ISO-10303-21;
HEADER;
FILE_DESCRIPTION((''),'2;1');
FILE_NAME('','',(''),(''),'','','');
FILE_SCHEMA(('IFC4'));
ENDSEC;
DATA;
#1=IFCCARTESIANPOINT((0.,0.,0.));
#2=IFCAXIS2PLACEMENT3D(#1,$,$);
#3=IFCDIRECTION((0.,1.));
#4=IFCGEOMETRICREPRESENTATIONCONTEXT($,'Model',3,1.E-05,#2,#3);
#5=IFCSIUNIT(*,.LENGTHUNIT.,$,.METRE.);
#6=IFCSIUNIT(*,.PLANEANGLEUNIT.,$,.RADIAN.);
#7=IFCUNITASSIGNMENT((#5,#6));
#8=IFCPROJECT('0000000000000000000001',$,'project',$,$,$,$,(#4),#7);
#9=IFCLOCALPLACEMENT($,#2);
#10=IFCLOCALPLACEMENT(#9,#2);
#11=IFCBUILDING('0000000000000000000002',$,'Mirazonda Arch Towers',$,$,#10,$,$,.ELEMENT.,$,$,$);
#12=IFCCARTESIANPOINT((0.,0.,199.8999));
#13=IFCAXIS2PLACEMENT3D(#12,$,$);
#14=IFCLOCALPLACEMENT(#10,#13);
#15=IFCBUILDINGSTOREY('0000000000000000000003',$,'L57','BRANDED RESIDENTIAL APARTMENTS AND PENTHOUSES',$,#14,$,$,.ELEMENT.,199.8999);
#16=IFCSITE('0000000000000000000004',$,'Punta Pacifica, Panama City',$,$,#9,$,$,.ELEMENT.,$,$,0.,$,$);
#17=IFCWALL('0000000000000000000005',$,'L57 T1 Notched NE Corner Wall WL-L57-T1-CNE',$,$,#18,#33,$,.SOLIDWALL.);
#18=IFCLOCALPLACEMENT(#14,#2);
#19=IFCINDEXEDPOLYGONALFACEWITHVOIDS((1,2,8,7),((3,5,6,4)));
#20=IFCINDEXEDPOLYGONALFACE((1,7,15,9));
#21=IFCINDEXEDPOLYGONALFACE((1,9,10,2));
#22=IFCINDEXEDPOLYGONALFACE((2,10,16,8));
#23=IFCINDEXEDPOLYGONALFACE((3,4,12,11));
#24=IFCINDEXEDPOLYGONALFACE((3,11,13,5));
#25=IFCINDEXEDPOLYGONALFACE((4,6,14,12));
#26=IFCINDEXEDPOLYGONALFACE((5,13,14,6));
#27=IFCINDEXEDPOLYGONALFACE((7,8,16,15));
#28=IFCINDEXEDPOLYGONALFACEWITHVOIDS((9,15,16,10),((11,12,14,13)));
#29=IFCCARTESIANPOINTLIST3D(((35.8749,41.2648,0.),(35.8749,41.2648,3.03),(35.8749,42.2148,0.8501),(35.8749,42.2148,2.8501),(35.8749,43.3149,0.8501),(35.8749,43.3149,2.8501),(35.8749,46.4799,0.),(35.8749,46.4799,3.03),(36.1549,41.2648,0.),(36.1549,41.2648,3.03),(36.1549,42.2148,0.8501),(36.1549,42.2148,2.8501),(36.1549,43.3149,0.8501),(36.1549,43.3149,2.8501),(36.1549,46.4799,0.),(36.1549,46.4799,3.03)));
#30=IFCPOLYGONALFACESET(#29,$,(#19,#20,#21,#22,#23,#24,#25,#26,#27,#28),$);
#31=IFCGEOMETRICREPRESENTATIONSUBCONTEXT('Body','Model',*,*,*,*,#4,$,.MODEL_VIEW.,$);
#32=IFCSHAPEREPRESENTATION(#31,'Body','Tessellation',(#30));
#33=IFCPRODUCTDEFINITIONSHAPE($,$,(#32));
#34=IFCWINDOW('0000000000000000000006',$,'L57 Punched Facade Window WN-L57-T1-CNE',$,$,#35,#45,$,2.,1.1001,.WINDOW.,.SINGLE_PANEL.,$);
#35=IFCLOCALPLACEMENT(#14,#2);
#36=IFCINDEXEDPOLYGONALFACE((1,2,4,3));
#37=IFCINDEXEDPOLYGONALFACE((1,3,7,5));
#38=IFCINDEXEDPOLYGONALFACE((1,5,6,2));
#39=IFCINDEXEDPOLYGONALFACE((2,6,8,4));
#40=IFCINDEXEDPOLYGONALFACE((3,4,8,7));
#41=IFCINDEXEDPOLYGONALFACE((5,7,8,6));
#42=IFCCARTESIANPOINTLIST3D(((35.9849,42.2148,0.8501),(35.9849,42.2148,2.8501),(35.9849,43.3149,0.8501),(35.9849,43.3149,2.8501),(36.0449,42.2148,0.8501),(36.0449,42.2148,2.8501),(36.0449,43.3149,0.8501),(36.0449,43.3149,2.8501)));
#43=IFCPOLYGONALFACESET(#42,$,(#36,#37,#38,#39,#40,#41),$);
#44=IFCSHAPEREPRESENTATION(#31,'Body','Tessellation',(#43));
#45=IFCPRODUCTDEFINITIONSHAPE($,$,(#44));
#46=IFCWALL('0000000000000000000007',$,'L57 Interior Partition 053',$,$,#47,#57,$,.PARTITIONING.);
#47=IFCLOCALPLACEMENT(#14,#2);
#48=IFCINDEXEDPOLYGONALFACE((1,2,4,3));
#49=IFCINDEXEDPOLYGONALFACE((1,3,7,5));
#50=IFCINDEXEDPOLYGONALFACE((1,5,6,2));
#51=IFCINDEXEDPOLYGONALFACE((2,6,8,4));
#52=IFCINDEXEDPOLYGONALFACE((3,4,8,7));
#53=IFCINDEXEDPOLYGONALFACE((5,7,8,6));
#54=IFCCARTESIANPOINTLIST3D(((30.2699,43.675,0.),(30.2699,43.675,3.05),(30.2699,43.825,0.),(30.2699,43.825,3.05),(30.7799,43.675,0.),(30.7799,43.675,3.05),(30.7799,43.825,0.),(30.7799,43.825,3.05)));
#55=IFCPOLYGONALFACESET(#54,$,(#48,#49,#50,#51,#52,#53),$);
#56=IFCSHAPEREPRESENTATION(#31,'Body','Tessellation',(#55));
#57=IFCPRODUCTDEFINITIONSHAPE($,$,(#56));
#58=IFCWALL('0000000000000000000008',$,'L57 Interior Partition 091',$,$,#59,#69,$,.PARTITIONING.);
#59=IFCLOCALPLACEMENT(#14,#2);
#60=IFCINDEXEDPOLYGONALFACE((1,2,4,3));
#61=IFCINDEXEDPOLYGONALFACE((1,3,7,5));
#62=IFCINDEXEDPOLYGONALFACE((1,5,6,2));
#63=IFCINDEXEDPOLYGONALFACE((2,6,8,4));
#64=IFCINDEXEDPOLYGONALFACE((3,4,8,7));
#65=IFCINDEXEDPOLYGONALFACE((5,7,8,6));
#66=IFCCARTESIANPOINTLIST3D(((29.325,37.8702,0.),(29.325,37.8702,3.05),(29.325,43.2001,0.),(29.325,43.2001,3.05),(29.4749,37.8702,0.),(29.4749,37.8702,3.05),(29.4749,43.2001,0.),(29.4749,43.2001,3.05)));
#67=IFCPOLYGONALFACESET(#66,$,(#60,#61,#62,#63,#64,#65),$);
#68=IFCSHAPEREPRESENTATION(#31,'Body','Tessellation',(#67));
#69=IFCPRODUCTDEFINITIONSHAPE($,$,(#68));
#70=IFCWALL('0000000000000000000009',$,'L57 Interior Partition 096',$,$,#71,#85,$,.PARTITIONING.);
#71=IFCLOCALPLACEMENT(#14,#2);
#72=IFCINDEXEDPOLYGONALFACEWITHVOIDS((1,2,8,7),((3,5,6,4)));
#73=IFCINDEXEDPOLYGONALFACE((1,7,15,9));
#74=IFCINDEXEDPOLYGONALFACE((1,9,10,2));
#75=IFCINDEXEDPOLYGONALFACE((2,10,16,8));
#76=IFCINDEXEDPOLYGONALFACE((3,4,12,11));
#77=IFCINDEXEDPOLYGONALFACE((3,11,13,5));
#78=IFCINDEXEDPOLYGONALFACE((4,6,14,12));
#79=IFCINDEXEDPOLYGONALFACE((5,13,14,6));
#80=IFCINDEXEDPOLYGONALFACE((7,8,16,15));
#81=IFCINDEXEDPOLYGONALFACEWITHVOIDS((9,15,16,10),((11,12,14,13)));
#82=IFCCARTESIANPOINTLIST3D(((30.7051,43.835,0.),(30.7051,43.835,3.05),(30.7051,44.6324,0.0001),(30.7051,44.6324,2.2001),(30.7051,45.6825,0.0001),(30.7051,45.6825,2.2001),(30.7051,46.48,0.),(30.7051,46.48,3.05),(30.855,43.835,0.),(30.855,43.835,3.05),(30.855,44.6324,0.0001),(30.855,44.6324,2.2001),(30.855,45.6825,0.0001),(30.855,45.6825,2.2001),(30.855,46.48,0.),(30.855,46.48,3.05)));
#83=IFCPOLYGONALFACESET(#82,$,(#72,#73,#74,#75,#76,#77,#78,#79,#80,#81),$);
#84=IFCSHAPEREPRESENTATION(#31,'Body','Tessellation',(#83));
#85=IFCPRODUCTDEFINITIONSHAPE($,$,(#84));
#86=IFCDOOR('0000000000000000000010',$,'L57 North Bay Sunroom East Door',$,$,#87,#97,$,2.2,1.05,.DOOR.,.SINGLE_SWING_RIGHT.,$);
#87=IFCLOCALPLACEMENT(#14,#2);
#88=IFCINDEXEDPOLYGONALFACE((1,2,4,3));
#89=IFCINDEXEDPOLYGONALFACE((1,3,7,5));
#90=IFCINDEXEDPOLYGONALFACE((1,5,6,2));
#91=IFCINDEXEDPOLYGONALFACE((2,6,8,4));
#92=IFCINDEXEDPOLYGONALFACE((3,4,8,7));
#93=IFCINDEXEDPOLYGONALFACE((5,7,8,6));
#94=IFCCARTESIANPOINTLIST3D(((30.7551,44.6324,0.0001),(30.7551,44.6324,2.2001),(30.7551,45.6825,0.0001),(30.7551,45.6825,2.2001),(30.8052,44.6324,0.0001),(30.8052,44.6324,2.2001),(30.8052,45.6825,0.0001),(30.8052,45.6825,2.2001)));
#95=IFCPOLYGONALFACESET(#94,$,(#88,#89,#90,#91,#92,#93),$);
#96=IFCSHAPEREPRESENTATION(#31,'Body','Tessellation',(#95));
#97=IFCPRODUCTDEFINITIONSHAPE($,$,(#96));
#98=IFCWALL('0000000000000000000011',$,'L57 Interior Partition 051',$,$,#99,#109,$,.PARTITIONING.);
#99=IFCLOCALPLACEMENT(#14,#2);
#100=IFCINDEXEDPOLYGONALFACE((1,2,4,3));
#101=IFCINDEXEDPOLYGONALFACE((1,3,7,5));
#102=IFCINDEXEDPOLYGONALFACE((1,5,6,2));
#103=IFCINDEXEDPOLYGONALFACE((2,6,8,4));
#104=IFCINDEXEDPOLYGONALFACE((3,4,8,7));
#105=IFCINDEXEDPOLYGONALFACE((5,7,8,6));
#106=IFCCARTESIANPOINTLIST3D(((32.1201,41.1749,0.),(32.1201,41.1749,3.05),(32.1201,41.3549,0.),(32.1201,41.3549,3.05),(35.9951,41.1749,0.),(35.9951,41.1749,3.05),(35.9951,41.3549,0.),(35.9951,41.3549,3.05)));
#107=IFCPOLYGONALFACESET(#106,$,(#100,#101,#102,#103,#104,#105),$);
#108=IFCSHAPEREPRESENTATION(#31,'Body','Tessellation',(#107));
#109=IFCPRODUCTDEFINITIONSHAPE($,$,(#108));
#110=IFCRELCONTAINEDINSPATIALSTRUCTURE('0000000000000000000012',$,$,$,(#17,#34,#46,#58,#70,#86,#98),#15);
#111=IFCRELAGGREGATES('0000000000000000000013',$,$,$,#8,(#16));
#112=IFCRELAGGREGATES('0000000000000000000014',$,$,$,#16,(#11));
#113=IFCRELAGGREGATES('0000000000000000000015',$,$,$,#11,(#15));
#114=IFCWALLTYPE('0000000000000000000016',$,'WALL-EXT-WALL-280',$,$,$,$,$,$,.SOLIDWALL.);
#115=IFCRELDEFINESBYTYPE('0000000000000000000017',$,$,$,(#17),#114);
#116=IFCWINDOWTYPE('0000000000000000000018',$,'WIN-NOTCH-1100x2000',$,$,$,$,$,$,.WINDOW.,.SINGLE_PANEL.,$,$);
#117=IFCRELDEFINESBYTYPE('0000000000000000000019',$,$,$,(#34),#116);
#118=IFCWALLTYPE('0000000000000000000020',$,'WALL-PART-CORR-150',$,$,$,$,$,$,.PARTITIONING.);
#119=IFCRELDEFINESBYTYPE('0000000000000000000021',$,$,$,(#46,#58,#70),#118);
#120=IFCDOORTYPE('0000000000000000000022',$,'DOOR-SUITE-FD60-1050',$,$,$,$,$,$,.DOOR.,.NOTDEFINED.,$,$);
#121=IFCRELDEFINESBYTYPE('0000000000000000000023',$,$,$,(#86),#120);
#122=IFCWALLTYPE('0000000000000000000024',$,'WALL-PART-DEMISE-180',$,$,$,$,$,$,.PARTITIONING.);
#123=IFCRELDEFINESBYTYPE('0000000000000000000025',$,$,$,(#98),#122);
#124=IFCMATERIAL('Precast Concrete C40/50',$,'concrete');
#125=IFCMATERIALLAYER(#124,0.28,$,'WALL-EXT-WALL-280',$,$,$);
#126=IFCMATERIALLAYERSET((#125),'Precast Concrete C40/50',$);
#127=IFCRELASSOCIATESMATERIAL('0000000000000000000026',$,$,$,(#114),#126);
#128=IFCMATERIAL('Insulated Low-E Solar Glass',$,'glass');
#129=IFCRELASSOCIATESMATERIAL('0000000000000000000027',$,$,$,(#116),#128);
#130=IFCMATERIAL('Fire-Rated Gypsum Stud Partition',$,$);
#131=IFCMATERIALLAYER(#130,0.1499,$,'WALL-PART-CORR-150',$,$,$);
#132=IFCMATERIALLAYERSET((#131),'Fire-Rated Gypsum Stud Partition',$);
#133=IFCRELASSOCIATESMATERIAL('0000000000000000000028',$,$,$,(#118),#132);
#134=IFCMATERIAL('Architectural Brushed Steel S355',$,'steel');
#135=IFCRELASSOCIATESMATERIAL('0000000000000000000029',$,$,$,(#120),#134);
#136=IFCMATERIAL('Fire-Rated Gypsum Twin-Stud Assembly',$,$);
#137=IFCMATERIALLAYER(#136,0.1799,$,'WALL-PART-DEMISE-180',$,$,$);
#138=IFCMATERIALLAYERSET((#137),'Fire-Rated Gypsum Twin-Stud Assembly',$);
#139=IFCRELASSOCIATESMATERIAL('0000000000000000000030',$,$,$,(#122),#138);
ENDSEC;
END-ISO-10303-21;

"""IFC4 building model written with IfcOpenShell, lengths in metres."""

from ifc_helpers import new_model, si_unit, direction, frame, frame_2d, origin, place, context, subcontext, project, spatial, rectangle, extrude, material, layer, layer_set, type_object, element, fill, save


model = new_model("IFC4")

# Units and contexts
model_context = context("Model", 3, precision=1e-05, world=origin(), true_north=direction((0.0, 1.0)))
body_context = subcontext(model_context, "Body", "Model", "MODEL_VIEW")
ifc_project = project(units=[si_unit("LENGTHUNIT", "METRE"), si_unit("PLANEANGLEUNIT", "RADIAN")], contexts=[model_context])

# Site, building, storey
site_placement = place(None, origin())
site = spatial("IfcSite", under=ifc_project, at=site_placement, Name="Punta Pacifica, Panama City", CompositionType="ELEMENT", RefElevation=0.0)
building_placement = place(site_placement, origin())
building = spatial("IfcBuilding", under=site, at=building_placement, Name="Mirazonda Arch Towers", CompositionType="ELEMENT")
storey_placement = place(building_placement, frame((0.0, 0.0, 199.8999)))
storey = spatial("IfcBuildingStorey", under=building, at=storey_placement, Name="L57", Description="BRANDED RESIDENTIAL APARTMENTS AND PENTHOUSES", CompositionType="ELEMENT", Elevation=199.8999)

# Shared definitions
ifc_material_1 = material(Name="Insulated Low-E Solar Glass", Category="glass")

# Wall, opening, window
ifc_material_2 = material(Name="Precast Concrete C40/50", Category="concrete")
ifc_layer_1 = layer(ifc_material_2, 0.28, Name="WALL-EXT-WALL-280")
ifc_layer_set_1 = layer_set([ifc_layer_1], Name="Precast Concrete C40/50")
wall_type_1 = type_object("IfcWallType", Name="WALL-EXT-WALL-280", PredefinedType="SOLIDWALL", material=ifc_layer_set_1)
wall_1_placement = place(storey_placement, frame((36.0149, 41.2649, 0.0), z_axis=(0.0, 0.0, 1.0), x_axis=(0.0, 1.0, 0.0)))
wall_1 = element("IfcWall", 1, at=wall_1_placement, inside=storey, type_object=wall_type_1, Name="L57 T1 Notched NE Corner Wall WL-L57-T1-CNE", PredefinedType="SOLIDWALL", context=body_context, shape_type="SweptSolid", body=[
    extrude(rectangle(XDim=5.2151, YDim=0.28, at=frame_2d((2.6074, 0.0))), origin(), (0.0, 0.0, 1.0), 3.03),
])
opening_1_placement = place(wall_1_placement, frame((0.95, 0.0, 0.8501)))
opening_1 = element("IfcOpeningElement", 2, at=opening_1_placement, cuts=wall_1, PredefinedType="OPENING", context=body_context, shape_type="SweptSolid", body=[
    extrude(rectangle(XDim=1.1001, YDim=2.0, at=frame_2d((0.55, 1.0))), frame((0.0, 0.1499, 0.0), z_axis=(0.0, -1.0, 0.0), x_axis=(1.0, 0.0, 0.0)), (0.0, 0.0, 1.0), 0.3),
])
window_type = type_object("IfcWindowType", Name="WIN-NOTCH-1100x2000", PartitioningType="SINGLE_PANEL", PredefinedType="WINDOW", material=ifc_material_1)
window_placement = place(opening_1_placement, origin())
window = element("IfcWindow", 3, at=window_placement, inside=storey, type_object=window_type, Name="L57 Punched Facade Window WN-L57-T1-CNE", OverallHeight=2.0, OverallWidth=1.1001, PartitioningType="SINGLE_PANEL", PredefinedType="WINDOW", context=body_context, shape_type="SweptSolid", body=[
    extrude(rectangle(XDim=1.1001, YDim=2.0, at=frame_2d((0.55, 1.0))), frame((0.0, 0.03, 0.0), z_axis=(0.0, -1.0, 0.0), x_axis=(1.0, 0.0, 0.0)), (0.0, 0.0, 1.0), 0.0601),
])
fill(opening_1, window)

# Walls
ifc_material_3 = material(Name="Fire-Rated Gypsum Stud Partition")
ifc_layer_2 = layer(ifc_material_3, 0.1499, Name="WALL-PART-CORR-150")
ifc_layer_set_2 = layer_set([ifc_layer_2], Name="Fire-Rated Gypsum Stud Partition")
wall_type_2 = type_object("IfcWallType", Name="WALL-PART-CORR-150", PredefinedType="PARTITIONING", material=ifc_layer_set_2)
wall_2_placement = place(storey_placement, frame((30.27, 43.75, 0.0), z_axis=(0.0, 0.0, 1.0), x_axis=(1.0, 0.0, 0.0)))
element("IfcWall", 4, at=wall_2_placement, inside=storey, type_object=wall_type_2, Name="L57 Interior Partition 053", PredefinedType="PARTITIONING", context=body_context, shape_type="SweptSolid", body=[
    extrude(rectangle(XDim=0.51, YDim=0.1499, at=frame_2d((0.2549, 0.0))), origin(), (0.0, 0.0, 1.0), 3.05),
])
wall_3_placement = place(storey_placement, frame((29.3999, 37.8701, 0.0), z_axis=(0.0, 0.0, 1.0), x_axis=(0.0, 1.0, 0.0)))
element("IfcWall", 5, at=wall_3_placement, inside=storey, type_object=wall_type_2, Name="L57 Interior Partition 091", PredefinedType="PARTITIONING", context=body_context, shape_type="SweptSolid", body=[
    extrude(rectangle(XDim=5.3298, YDim=0.1499, at=frame_2d((2.665, 0.0))), origin(), (0.0, 0.0, 1.0), 3.05),
])

# Wall, opening, door
wall_4_placement = place(storey_placement, frame((30.78, 43.835, 0.0), z_axis=(0.0, 0.0, 1.0), x_axis=(0.0, 1.0, 0.0)))
wall_4 = element("IfcWall", 6, at=wall_4_placement, inside=storey, type_object=wall_type_2, Name="L57 Interior Partition 096", PredefinedType="PARTITIONING", context=body_context, shape_type="SweptSolid", body=[
    extrude(rectangle(XDim=2.645, YDim=0.1499, at=frame_2d((1.3225, 0.0))), origin(), (0.0, 0.0, 1.0), 3.05),
])
opening_2_placement = place(wall_4_placement, frame((0.7976, 0.0, 0.0)))
opening_2 = element("IfcOpeningElement", 7, at=opening_2_placement, cuts=wall_4, PredefinedType="OPENING", context=body_context, shape_type="SweptSolid", body=[
    extrude(rectangle(XDim=1.05, YDim=2.2, at=frame_2d((0.5249, 1.1001))), frame((0.0, 0.085, 0.0), z_axis=(0.0, -1.0, 0.0), x_axis=(1.0, 0.0, 0.0)), (0.0, 0.0, 1.0), 0.1699),
])
ifc_material_4 = material(Name="Architectural Brushed Steel S355", Category="steel")
door_type_1 = type_object("IfcDoorType", Name="DOOR-SUITE-FD60-1050", OperationType="NOTDEFINED", PredefinedType="DOOR", material=ifc_material_4)
door_1_placement = place(opening_2_placement, origin())
door_1 = element("IfcDoor", 8, at=door_1_placement, inside=storey, type_object=door_type_1, Name="L57 North Bay Sunroom East Door", OperationType="SINGLE_SWING_RIGHT", OverallHeight=2.2, OverallWidth=1.05, PredefinedType="DOOR", context=body_context, shape_type="SweptSolid", body=[
    extrude(rectangle(XDim=1.05, YDim=2.2, at=frame_2d((0.5249, 1.1001))), frame((0.0, 0.0249, 0.0), z_axis=(0.0, -1.0, 0.0), x_axis=(1.0, 0.0, 0.0)), (0.0, 0.0, 1.0), 0.05),
])
fill(opening_2, door_1)

# Wall
ifc_material_5 = material(Name="Fire-Rated Gypsum Twin-Stud Assembly")
ifc_layer_3 = layer(ifc_material_5, 0.1799, Name="WALL-PART-DEMISE-180")
ifc_layer_set_3 = layer_set([ifc_layer_3], Name="Fire-Rated Gypsum Twin-Stud Assembly")
wall_type_3 = type_object("IfcWallType", Name="WALL-PART-DEMISE-180", PredefinedType="PARTITIONING", material=ifc_layer_set_3)
wall_5_placement = place(storey_placement, frame((32.1201, 41.2649, 0.0), z_axis=(0.0, 0.0, 1.0), x_axis=(1.0, 0.0, 0.0)))
element("IfcWall", 9, at=wall_5_placement, inside=storey, type_object=wall_type_3, Name="L57 Interior Partition 051", PredefinedType="PARTITIONING", context=body_context, shape_type="SweptSolid", body=[
    extrude(rectangle(XDim=3.875, YDim=0.1799, at=frame_2d((1.9375, 0.0))), origin(), (0.0, 0.0, 1.0), 3.05),
])

save(model, "model.ifc")
